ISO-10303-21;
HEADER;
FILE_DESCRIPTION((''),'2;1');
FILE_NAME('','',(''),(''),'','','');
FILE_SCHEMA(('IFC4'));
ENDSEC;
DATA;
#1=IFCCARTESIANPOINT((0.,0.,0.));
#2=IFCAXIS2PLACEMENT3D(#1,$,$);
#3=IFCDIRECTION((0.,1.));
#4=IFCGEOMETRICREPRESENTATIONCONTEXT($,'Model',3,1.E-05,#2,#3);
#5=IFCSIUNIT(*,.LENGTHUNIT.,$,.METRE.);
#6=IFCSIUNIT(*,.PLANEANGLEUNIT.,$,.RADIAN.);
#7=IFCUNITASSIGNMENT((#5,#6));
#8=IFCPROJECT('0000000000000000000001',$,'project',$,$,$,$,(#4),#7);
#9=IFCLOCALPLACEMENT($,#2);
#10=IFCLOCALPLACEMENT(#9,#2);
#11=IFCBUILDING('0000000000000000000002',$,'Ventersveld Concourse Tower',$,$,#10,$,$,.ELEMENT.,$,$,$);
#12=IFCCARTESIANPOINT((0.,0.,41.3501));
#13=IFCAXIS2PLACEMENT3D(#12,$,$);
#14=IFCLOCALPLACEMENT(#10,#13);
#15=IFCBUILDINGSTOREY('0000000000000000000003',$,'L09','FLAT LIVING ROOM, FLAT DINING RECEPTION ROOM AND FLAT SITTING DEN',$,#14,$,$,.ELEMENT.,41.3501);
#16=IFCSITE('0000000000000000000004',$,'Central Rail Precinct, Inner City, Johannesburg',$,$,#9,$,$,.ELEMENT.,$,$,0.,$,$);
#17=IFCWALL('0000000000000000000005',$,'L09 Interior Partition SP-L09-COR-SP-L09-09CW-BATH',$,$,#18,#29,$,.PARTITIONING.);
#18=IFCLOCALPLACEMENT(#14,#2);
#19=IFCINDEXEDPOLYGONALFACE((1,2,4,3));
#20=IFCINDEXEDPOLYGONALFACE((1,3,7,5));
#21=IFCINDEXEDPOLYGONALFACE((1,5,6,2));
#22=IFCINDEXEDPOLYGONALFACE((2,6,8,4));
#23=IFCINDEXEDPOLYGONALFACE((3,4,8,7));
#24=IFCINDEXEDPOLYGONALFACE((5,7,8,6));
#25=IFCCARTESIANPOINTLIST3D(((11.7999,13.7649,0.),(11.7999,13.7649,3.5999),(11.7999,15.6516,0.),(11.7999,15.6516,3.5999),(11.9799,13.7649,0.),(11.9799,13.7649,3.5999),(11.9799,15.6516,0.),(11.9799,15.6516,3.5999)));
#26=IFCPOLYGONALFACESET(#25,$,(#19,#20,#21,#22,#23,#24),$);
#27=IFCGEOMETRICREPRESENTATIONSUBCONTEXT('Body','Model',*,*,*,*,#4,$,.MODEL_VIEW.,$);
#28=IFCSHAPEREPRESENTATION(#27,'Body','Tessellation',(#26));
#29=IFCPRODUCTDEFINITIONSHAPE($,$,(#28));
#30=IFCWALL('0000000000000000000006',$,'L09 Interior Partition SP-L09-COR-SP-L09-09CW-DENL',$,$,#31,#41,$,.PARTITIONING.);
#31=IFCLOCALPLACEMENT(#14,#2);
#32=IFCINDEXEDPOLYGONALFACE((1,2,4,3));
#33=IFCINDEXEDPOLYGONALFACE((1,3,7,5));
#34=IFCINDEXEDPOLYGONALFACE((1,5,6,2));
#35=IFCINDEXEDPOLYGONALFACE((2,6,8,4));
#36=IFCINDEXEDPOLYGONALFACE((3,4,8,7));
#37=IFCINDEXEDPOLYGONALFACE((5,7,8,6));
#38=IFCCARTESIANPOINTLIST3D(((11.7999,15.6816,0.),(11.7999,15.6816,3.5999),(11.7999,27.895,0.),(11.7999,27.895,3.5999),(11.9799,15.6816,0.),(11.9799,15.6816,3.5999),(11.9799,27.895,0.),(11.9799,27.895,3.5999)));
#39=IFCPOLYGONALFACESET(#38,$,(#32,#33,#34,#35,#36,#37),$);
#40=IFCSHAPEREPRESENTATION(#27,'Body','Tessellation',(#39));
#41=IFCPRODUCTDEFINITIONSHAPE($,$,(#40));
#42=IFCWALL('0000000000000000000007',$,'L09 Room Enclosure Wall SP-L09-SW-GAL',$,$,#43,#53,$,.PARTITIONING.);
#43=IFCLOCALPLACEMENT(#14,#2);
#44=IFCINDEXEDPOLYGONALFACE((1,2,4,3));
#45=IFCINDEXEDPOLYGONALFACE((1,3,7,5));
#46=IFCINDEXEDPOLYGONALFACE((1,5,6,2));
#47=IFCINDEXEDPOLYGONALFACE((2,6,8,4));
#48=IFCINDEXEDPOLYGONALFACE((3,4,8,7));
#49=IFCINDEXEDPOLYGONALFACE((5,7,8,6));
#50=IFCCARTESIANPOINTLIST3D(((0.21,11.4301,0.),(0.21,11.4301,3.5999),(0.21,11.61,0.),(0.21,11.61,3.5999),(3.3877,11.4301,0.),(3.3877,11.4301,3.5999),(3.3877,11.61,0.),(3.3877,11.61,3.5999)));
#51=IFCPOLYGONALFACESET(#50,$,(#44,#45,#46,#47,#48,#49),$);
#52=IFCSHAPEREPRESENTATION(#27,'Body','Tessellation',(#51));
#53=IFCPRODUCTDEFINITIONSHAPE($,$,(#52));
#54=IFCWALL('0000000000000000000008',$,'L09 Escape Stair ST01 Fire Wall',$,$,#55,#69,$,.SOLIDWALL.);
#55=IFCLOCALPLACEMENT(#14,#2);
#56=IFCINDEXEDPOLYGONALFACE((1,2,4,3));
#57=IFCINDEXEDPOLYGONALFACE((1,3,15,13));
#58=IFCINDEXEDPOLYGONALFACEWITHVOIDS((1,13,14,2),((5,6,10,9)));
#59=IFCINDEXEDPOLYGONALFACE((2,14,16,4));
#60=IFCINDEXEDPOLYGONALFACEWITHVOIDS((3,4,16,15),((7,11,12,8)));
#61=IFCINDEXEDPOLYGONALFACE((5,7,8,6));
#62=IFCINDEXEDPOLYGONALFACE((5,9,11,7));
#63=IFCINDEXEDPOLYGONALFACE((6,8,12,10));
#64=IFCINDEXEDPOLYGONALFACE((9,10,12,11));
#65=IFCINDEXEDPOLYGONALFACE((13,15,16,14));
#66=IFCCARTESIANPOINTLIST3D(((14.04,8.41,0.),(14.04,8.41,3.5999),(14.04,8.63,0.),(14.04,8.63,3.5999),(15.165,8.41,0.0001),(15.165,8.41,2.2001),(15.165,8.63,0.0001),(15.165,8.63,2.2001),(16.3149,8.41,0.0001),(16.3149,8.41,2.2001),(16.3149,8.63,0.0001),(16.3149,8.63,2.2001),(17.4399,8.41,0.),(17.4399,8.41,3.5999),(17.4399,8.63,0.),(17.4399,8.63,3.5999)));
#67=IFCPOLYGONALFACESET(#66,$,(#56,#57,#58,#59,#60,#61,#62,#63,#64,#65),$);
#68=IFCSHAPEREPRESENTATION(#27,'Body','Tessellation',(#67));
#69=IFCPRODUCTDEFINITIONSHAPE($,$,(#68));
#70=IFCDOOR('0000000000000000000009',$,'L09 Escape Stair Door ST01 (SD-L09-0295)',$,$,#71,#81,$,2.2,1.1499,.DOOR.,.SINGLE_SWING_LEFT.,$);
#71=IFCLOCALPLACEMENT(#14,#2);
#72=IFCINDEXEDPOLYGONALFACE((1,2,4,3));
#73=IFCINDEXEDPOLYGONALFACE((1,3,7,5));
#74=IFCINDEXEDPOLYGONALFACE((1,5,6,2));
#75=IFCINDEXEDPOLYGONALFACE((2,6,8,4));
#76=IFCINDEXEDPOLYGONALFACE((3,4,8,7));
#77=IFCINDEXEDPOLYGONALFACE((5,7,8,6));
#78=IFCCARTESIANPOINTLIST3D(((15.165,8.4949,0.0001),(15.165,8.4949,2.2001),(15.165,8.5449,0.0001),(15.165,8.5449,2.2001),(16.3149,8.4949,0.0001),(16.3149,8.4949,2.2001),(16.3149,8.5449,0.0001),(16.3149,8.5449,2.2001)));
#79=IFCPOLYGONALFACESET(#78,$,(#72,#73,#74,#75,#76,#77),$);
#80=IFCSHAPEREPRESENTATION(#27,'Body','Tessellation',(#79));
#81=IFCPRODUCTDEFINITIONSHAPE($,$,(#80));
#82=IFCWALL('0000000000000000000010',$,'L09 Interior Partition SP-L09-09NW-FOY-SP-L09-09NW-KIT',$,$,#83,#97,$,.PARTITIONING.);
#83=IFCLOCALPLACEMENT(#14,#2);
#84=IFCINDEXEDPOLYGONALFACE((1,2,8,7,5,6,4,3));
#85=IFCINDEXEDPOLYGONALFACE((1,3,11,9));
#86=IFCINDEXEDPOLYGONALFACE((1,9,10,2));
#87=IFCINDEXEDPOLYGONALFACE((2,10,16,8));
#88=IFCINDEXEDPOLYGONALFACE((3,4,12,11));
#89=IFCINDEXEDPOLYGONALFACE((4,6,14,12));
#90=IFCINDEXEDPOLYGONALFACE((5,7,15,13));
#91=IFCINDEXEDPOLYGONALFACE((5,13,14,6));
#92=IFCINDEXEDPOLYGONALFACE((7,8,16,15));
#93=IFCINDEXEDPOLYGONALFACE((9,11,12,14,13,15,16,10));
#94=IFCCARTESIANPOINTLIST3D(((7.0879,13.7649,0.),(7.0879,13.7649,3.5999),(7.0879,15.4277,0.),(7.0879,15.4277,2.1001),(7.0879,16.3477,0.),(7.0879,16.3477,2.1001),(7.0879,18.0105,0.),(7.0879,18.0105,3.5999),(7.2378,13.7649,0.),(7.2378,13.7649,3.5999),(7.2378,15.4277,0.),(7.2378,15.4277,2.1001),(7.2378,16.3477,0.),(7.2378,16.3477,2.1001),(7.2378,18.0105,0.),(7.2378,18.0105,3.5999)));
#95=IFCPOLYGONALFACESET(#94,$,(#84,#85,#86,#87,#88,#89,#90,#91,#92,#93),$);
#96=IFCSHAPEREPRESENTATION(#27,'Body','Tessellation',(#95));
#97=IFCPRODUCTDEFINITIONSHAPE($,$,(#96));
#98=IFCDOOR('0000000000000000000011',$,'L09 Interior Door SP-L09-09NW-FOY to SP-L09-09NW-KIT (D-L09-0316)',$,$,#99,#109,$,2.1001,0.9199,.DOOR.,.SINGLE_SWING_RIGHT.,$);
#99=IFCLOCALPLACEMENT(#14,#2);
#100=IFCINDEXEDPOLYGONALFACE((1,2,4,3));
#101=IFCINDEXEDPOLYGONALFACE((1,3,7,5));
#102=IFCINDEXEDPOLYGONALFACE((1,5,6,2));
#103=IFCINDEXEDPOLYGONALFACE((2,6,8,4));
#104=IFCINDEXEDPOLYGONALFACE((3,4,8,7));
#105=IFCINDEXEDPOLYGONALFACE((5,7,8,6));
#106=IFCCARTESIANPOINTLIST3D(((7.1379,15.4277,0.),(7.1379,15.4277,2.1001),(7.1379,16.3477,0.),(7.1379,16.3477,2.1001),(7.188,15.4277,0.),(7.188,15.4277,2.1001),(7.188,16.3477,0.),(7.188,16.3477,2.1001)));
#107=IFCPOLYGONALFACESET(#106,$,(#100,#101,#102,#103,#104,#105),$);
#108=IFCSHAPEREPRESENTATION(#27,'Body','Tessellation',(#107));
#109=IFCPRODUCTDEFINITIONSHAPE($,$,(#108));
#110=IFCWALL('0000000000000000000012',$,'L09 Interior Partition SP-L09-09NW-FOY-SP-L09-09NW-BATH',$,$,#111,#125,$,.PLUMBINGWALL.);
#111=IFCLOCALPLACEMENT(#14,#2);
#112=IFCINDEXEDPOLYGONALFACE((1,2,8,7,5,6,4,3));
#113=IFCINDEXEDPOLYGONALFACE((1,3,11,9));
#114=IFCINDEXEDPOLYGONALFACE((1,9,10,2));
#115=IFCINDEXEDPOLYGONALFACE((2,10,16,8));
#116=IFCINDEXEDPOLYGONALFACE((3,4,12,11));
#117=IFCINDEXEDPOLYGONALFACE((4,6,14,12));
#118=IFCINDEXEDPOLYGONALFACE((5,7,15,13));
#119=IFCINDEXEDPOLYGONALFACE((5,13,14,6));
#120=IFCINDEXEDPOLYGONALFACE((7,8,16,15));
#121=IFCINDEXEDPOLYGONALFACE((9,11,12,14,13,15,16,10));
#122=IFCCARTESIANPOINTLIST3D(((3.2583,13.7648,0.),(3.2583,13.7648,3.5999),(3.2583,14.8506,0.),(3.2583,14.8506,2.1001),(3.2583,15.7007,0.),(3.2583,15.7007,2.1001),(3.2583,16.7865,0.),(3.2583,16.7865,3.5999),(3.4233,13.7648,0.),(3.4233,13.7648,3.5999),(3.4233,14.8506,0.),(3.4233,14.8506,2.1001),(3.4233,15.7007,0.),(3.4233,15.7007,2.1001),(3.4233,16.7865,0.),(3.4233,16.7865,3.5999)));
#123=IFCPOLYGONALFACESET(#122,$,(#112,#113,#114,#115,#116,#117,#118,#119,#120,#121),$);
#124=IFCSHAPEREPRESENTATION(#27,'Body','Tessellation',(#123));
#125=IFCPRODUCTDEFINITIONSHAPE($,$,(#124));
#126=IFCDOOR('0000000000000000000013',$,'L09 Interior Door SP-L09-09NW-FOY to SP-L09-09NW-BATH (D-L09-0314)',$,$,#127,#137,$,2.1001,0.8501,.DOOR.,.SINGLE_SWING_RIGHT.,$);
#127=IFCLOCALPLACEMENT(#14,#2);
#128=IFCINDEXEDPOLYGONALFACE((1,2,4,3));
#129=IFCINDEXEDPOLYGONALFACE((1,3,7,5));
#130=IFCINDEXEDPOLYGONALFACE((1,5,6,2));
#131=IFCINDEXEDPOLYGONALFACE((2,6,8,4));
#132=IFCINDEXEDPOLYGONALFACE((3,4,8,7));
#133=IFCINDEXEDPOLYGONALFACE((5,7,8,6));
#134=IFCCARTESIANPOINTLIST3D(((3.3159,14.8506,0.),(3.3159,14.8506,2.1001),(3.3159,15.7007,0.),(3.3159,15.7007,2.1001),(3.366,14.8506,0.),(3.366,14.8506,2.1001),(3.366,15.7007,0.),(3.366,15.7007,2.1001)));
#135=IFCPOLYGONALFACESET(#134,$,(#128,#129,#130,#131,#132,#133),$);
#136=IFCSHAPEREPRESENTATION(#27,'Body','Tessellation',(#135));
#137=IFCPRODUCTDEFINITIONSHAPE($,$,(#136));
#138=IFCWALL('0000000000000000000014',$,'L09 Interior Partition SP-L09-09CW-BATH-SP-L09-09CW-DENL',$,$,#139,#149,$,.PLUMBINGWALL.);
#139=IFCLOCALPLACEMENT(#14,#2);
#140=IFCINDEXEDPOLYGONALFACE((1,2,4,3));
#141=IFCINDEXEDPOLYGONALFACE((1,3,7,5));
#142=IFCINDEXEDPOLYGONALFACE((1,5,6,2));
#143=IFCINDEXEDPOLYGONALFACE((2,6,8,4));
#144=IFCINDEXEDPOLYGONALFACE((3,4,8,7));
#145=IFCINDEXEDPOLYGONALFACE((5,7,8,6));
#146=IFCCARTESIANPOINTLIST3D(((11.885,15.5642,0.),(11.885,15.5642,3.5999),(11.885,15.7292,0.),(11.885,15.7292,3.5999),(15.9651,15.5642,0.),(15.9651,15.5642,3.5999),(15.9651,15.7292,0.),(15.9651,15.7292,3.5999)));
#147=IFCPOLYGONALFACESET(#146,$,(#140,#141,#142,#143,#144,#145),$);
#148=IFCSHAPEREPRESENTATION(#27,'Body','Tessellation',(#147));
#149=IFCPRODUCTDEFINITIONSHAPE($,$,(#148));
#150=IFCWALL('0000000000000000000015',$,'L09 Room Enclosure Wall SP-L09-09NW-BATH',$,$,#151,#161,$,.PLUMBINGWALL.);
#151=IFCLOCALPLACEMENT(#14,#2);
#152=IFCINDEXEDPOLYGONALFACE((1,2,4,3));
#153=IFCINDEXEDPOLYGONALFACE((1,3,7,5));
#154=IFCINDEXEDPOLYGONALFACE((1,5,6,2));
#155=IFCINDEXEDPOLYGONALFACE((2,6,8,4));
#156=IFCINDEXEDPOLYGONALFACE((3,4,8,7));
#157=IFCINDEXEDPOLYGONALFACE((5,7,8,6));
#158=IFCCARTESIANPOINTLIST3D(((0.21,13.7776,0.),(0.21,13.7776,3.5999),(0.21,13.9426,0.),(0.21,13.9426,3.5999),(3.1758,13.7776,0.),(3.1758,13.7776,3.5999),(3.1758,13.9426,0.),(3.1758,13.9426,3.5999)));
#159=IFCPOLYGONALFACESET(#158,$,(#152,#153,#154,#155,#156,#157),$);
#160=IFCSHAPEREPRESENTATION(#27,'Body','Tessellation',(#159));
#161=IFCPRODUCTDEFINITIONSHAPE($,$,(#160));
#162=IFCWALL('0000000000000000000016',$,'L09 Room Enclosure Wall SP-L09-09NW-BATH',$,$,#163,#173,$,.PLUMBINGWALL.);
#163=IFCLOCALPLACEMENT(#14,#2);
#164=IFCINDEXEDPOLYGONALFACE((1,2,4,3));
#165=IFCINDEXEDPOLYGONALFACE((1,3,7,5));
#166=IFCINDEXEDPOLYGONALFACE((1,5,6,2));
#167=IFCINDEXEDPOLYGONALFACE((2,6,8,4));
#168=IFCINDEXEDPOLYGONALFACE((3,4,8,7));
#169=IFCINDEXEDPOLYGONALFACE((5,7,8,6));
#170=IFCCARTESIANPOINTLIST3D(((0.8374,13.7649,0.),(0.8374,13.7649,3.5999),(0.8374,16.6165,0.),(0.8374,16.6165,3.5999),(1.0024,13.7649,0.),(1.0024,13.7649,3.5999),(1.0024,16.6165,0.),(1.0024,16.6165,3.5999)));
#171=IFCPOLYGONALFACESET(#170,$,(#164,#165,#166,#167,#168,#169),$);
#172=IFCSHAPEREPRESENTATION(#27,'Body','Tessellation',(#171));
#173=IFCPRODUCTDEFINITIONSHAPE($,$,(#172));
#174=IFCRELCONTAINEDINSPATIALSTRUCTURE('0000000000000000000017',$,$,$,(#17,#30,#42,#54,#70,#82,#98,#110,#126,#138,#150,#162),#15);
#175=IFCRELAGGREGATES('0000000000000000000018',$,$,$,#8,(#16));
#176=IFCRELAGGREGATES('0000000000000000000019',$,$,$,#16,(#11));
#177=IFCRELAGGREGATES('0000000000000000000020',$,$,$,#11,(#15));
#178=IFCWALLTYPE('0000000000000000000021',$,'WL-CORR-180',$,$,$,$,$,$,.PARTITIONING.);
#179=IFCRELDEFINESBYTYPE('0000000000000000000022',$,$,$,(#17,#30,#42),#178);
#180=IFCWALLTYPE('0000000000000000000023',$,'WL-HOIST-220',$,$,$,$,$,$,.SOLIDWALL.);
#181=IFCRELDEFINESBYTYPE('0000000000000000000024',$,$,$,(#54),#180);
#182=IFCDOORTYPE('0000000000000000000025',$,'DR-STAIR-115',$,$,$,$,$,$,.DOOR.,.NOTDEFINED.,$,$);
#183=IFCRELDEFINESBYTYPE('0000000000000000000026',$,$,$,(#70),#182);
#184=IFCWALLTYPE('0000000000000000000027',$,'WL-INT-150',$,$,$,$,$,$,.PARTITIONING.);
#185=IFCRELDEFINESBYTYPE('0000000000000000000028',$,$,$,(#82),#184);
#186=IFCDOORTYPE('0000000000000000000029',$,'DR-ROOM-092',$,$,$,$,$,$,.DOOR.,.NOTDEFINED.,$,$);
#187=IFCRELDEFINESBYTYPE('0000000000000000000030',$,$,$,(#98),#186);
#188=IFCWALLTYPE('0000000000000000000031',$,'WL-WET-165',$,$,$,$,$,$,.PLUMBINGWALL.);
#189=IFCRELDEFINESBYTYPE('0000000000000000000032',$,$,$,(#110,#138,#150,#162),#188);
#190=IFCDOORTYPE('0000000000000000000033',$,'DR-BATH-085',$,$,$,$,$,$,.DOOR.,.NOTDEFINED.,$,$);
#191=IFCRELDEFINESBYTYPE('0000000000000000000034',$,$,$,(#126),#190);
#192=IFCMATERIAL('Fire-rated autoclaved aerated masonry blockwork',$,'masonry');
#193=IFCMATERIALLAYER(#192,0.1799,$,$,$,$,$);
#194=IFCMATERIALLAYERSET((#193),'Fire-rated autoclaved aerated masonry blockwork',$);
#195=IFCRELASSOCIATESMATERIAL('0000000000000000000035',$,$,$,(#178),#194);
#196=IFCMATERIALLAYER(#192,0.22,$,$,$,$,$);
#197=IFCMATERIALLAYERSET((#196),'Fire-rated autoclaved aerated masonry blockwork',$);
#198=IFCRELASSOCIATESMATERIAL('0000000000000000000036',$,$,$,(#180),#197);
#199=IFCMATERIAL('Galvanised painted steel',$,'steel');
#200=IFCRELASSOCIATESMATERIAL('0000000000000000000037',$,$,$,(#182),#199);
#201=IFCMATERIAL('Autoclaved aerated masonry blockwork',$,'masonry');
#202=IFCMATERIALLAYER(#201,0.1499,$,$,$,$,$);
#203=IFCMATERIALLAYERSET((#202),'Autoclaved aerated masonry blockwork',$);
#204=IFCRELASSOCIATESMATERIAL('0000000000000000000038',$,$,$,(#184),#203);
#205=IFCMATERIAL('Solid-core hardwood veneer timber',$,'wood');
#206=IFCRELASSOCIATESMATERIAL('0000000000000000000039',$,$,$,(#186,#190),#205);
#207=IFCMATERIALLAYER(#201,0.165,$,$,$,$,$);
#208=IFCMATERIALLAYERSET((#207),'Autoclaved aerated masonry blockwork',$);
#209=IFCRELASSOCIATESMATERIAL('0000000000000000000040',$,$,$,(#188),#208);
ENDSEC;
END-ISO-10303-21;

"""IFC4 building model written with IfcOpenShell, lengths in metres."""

from ifc_helpers import new_model, si_unit, direction, frame, frame_2d, origin, place, context, subcontext, project, spatial, rectangle, extrude, material, layer, layer_set, type_object, element, fill, save


model = new_model("IFC4")

# Units and contexts
model_context = context("Model", 3, precision=1e-05, world=origin(), true_north=direction((0.0, 1.0)))
body_context = subcontext(model_context, "Body", "Model", "MODEL_VIEW")
ifc_project = project(units=[si_unit("LENGTHUNIT", "METRE"), si_unit("PLANEANGLEUNIT", "RADIAN")], contexts=[model_context])

# Site, building, storey
site_placement = place(None, origin())
site = spatial("IfcSite", under=ifc_project, at=site_placement, Name="Central Rail Precinct, Inner City, Johannesburg", CompositionType="ELEMENT", RefElevation=0.0)
building_placement = place(site_placement, origin())
building = spatial("IfcBuilding", under=site, at=building_placement, Name="Ventersveld Concourse Tower", CompositionType="ELEMENT")
storey_placement = place(building_placement, frame((0.0, 0.0, 41.3501)))
storey = spatial("IfcBuildingStorey", under=building, at=storey_placement, Name="L09", Description="FLAT LIVING ROOM, FLAT DINING RECEPTION ROOM AND FLAT SITTING DEN", CompositionType="ELEMENT", Elevation=41.3501)

# Shared definitions
ifc_material_1 = material(Name="Fire-rated autoclaved aerated masonry blockwork", Category="masonry")
ifc_layer_1 = layer(ifc_material_1, 0.1799)
ifc_layer_set_1 = layer_set([ifc_layer_1], Name="Fire-rated autoclaved aerated masonry blockwork")
wall_type_1 = type_object("IfcWallType", Name="WL-CORR-180", PredefinedType="PARTITIONING", material=ifc_layer_set_1)
ifc_material_2 = material(Name="Solid-core hardwood veneer timber", Category="wood")

# Walls
wall_1_placement = place(storey_placement, frame((11.8899, 13.7649, 0.0), z_axis=(0.0, 0.0, 1.0), x_axis=(0.0, 1.0, 0.0)))
element("IfcWall", 1, at=wall_1_placement, inside=storey, type_object=wall_type_1, Name="L09 Interior Partition SP-L09-COR-SP-L09-09CW-BATH", PredefinedType="PARTITIONING", context=body_context, shape_type="SweptSolid", body=[
    extrude(rectangle(XDim=1.8867, YDim=0.1799, at=frame_2d((0.9434, 0.0))), origin(), (0.0, 0.0, 1.0), 3.5999),
])
wall_2_placement = place(storey_placement, frame((11.8899, 15.6816, 0.0), z_axis=(0.0, 0.0, 1.0), x_axis=(0.0, 1.0, 0.0)))
element("IfcWall", 2, at=wall_2_placement, inside=storey, type_object=wall_type_1, Name="L09 Interior Partition SP-L09-COR-SP-L09-09CW-DENL", PredefinedType="PARTITIONING", context=body_context, shape_type="SweptSolid", body=[
    extrude(rectangle(XDim=12.2134, YDim=0.1799, at=frame_2d((6.1067, 0.0))), origin(), (0.0, 0.0, 1.0), 3.5999),
])
wall_3_placement = place(storey_placement, frame((0.21, 11.52, 0.0), z_axis=(0.0, 0.0, 1.0), x_axis=(1.0, 0.0, 0.0)))
element("IfcWall", 3, at=wall_3_placement, inside=storey, type_object=wall_type_1, Name="L09 Room Enclosure Wall SP-L09-SW-GAL", PredefinedType="PARTITIONING", context=body_context, shape_type="SweptSolid", body=[
    extrude(rectangle(XDim=3.1777, YDim=0.1799, at=frame_2d((1.5889, 0.0))), origin(), (0.0, 0.0, 1.0), 3.5999),
])

# Walls, openings, doors
ifc_layer_2 = layer(ifc_material_1, 0.22)
ifc_layer_set_2 = layer_set([ifc_layer_2], Name="Fire-rated autoclaved aerated masonry blockwork")
wall_type_2 = type_object("IfcWallType", Name="WL-HOIST-220", PredefinedType="SOLIDWALL", material=ifc_layer_set_2)
wall_4_placement = place(storey_placement, frame((14.04, 8.52, 0.0), z_axis=(0.0, 0.0, 1.0), x_axis=(1.0, 0.0, 0.0)))
wall_4 = element("IfcWall", 4, at=wall_4_placement, inside=storey, type_object=wall_type_2, Name="L09 Escape Stair ST01 Fire Wall", PredefinedType="SOLIDWALL", context=body_context, shape_type="SweptSolid", body=[
    extrude(rectangle(XDim=3.3999, YDim=0.22, at=frame_2d((1.7, 0.0))), origin(), (0.0, 0.0, 1.0), 3.5999),
])
opening_1_placement = place(wall_4_placement, frame((1.125, 0.0, 0.0)))
opening_1 = element("IfcOpeningElement", 5, at=opening_1_placement, cuts=wall_4, PredefinedType="OPENING", context=body_context, shape_type="SweptSolid", body=[
    extrude(rectangle(XDim=1.1499, YDim=2.2, at=frame_2d((0.575, 1.1001))), frame((0.0, 0.1201, 0.0), z_axis=(0.0, -1.0, 0.0), x_axis=(1.0, 0.0, 0.0)), (0.0, 0.0, 1.0), 0.24),
])
ifc_material_3 = material(Name="Galvanised painted steel", Category="steel")
door_type_1 = type_object("IfcDoorType", Name="DR-STAIR-115", OperationType="NOTDEFINED", PredefinedType="DOOR", material=ifc_material_3)
door_1_placement = place(opening_1_placement, origin())
door_1 = element("IfcDoor", 6, at=door_1_placement, inside=storey, type_object=door_type_1, Name="L09 Escape Stair Door ST01 (SD-L09-0295)", OperationType="SINGLE_SWING_LEFT", OverallHeight=2.2, OverallWidth=1.1499, PredefinedType="DOOR", context=body_context, shape_type="SweptSolid", body=[
    extrude(rectangle(XDim=1.1499, YDim=2.2, at=frame_2d((0.575, 1.1001))), frame((0.0, 0.0249, 0.0), z_axis=(0.0, -1.0, 0.0), x_axis=(1.0, 0.0, 0.0)), (0.0, 0.0, 1.0), 0.05),
])
fill(opening_1, door_1)
ifc_material_4 = material(Name="Autoclaved aerated masonry blockwork", Category="masonry")
ifc_layer_3 = layer(ifc_material_4, 0.1499)
ifc_layer_set_3 = layer_set([ifc_layer_3], Name="Autoclaved aerated masonry blockwork")
wall_type_3 = type_object("IfcWallType", Name="WL-INT-150", PredefinedType="PARTITIONING", material=ifc_layer_set_3)
wall_5_placement = place(storey_placement, frame((7.1628, 13.7649, 0.0), z_axis=(0.0, 0.0, 1.0), x_axis=(0.0, 1.0, 0.0)))
wall_5 = element("IfcWall", 7, at=wall_5_placement, inside=storey, type_object=wall_type_3, Name="L09 Interior Partition SP-L09-09NW-FOY-SP-L09-09NW-KIT", PredefinedType="PARTITIONING", context=body_context, shape_type="SweptSolid", body=[
    extrude(rectangle(XDim=4.2456, YDim=0.1499, at=frame_2d((2.1228, 0.0))), origin(), (0.0, 0.0, 1.0), 3.5999),
])
opening_2_placement = place(wall_5_placement, frame((1.6628, 0.0, 0.0)))
opening_2 = element("IfcOpeningElement", 8, at=opening_2_placement, cuts=wall_5, PredefinedType="OPENING", context=body_context, shape_type="SweptSolid", body=[
    extrude(rectangle(XDim=0.9199, YDim=2.1001, at=frame_2d((0.46, 1.05))), frame((0.0, 0.085, 0.0), z_axis=(0.0, -1.0, 0.0), x_axis=(1.0, 0.0, 0.0)), (0.0, 0.0, 1.0), 0.1699),
])
door_type_2 = type_object("IfcDoorType", Name="DR-ROOM-092", OperationType="NOTDEFINED", PredefinedType="DOOR", material=ifc_material_2)
door_2_placement = place(opening_2_placement, origin())
door_2 = element("IfcDoor", 9, at=door_2_placement, inside=storey, type_object=door_type_2, Name="L09 Interior Door SP-L09-09NW-FOY to SP-L09-09NW-KIT (D-L09-0316)", OperationType="SINGLE_SWING_RIGHT", OverallHeight=2.1001, OverallWidth=0.9199, PredefinedType="DOOR", context=body_context, shape_type="SweptSolid", body=[
    extrude(rectangle(XDim=0.9199, YDim=2.1001, at=frame_2d((0.46, 1.05))), frame((0.0, 0.0249, 0.0), z_axis=(0.0, -1.0, 0.0), x_axis=(1.0, 0.0, 0.0)), (0.0, 0.0, 1.0), 0.05),
])
fill(opening_2, door_2)
ifc_layer_4 = layer(ifc_material_4, 0.165)
ifc_layer_set_4 = layer_set([ifc_layer_4], Name="Autoclaved aerated masonry blockwork")
wall_type_4 = type_object("IfcWallType", Name="WL-WET-165", PredefinedType="PLUMBINGWALL", material=ifc_layer_set_4)
wall_6_placement = place(storey_placement, frame((3.3408, 13.7649, 0.0), z_axis=(0.0, 0.0, 1.0), x_axis=(0.0, 1.0, 0.0)))
wall_6 = element("IfcWall", 10, at=wall_6_placement, inside=storey, type_object=wall_type_4, Name="L09 Interior Partition SP-L09-09NW-FOY-SP-L09-09NW-BATH", PredefinedType="PLUMBINGWALL", context=body_context, shape_type="SweptSolid", body=[
    extrude(rectangle(XDim=3.0217, YDim=0.165, at=frame_2d((1.5107, 0.0))), origin(), (0.0, 0.0, 1.0), 3.5999),
])
opening_3_placement = place(wall_6_placement, frame((1.0857, 0.0, 0.0)))
opening_3 = element("IfcOpeningElement", 11, at=opening_3_placement, cuts=wall_6, PredefinedType="OPENING", context=body_context, shape_type="SweptSolid", body=[
    extrude(rectangle(XDim=0.8501, YDim=2.1001, at=frame_2d((0.425, 1.05))), frame((0.0, 0.0925, 0.0), z_axis=(0.0, -1.0, 0.0), x_axis=(1.0, 0.0, 0.0)), (0.0, 0.0, 1.0), 0.1851),
])
door_type_3 = type_object("IfcDoorType", Name="DR-BATH-085", OperationType="NOTDEFINED", PredefinedType="DOOR", material=ifc_material_2)
door_3_placement = place(opening_3_placement, origin())
door_3 = element("IfcDoor", 12, at=door_3_placement, inside=storey, type_object=door_type_3, Name="L09 Interior Door SP-L09-09NW-FOY to SP-L09-09NW-BATH (D-L09-0314)", OperationType="SINGLE_SWING_RIGHT", OverallHeight=2.1001, OverallWidth=0.8501, PredefinedType="DOOR", context=body_context, shape_type="SweptSolid", body=[
    extrude(rectangle(XDim=0.8501, YDim=2.1001, at=frame_2d((0.425, 1.05))), frame((0.0, 0.0249, 0.0), z_axis=(0.0, -1.0, 0.0), x_axis=(1.0, 0.0, 0.0)), (0.0, 0.0, 1.0), 0.05),
])
fill(opening_3, door_3)

# Walls
wall_7_placement = place(storey_placement, frame((11.885, 15.6467, 0.0), z_axis=(0.0, 0.0, 1.0), x_axis=(1.0, 0.0, 0.0)))
element("IfcWall", 13, at=wall_7_placement, inside=storey, type_object=wall_type_4, Name="L09 Interior Partition SP-L09-09CW-BATH-SP-L09-09CW-DENL", PredefinedType="PLUMBINGWALL", context=body_context, shape_type="SweptSolid", body=[
    extrude(rectangle(XDim=4.0801, YDim=0.165, at=frame_2d((2.04, 0.0))), origin(), (0.0, 0.0, 1.0), 3.5999),
])
wall_8_placement = place(storey_placement, frame((3.1758, 13.8601, 0.0), z_axis=(0.0, 0.0, 1.0), x_axis=(-1.0, 0.0, 0.0)))
element("IfcWall", 14, at=wall_8_placement, inside=storey, type_object=wall_type_4, Name="L09 Room Enclosure Wall SP-L09-09NW-BATH", PredefinedType="PLUMBINGWALL", context=body_context, shape_type="SweptSolid", body=[
    extrude(rectangle(XDim=2.9658, YDim=0.165, at=frame_2d((1.4829, 0.0))), origin(), (0.0, 0.0, 1.0), 3.5999),
])
wall_9_placement = place(storey_placement, frame((0.9199, 13.7649, 0.0), z_axis=(0.0, 0.0, 1.0), x_axis=(0.0, 1.0, 0.0)))
element("IfcWall", 15, at=wall_9_placement, inside=storey, type_object=wall_type_4, Name="L09 Room Enclosure Wall SP-L09-09NW-BATH", PredefinedType="PLUMBINGWALL", context=body_context, shape_type="SweptSolid", body=[
    extrude(rectangle(XDim=2.8516, YDim=0.165, at=frame_2d((1.4258, 0.0))), origin(), (0.0, 0.0, 1.0), 3.5999),
])

save(model, "model.ifc")
